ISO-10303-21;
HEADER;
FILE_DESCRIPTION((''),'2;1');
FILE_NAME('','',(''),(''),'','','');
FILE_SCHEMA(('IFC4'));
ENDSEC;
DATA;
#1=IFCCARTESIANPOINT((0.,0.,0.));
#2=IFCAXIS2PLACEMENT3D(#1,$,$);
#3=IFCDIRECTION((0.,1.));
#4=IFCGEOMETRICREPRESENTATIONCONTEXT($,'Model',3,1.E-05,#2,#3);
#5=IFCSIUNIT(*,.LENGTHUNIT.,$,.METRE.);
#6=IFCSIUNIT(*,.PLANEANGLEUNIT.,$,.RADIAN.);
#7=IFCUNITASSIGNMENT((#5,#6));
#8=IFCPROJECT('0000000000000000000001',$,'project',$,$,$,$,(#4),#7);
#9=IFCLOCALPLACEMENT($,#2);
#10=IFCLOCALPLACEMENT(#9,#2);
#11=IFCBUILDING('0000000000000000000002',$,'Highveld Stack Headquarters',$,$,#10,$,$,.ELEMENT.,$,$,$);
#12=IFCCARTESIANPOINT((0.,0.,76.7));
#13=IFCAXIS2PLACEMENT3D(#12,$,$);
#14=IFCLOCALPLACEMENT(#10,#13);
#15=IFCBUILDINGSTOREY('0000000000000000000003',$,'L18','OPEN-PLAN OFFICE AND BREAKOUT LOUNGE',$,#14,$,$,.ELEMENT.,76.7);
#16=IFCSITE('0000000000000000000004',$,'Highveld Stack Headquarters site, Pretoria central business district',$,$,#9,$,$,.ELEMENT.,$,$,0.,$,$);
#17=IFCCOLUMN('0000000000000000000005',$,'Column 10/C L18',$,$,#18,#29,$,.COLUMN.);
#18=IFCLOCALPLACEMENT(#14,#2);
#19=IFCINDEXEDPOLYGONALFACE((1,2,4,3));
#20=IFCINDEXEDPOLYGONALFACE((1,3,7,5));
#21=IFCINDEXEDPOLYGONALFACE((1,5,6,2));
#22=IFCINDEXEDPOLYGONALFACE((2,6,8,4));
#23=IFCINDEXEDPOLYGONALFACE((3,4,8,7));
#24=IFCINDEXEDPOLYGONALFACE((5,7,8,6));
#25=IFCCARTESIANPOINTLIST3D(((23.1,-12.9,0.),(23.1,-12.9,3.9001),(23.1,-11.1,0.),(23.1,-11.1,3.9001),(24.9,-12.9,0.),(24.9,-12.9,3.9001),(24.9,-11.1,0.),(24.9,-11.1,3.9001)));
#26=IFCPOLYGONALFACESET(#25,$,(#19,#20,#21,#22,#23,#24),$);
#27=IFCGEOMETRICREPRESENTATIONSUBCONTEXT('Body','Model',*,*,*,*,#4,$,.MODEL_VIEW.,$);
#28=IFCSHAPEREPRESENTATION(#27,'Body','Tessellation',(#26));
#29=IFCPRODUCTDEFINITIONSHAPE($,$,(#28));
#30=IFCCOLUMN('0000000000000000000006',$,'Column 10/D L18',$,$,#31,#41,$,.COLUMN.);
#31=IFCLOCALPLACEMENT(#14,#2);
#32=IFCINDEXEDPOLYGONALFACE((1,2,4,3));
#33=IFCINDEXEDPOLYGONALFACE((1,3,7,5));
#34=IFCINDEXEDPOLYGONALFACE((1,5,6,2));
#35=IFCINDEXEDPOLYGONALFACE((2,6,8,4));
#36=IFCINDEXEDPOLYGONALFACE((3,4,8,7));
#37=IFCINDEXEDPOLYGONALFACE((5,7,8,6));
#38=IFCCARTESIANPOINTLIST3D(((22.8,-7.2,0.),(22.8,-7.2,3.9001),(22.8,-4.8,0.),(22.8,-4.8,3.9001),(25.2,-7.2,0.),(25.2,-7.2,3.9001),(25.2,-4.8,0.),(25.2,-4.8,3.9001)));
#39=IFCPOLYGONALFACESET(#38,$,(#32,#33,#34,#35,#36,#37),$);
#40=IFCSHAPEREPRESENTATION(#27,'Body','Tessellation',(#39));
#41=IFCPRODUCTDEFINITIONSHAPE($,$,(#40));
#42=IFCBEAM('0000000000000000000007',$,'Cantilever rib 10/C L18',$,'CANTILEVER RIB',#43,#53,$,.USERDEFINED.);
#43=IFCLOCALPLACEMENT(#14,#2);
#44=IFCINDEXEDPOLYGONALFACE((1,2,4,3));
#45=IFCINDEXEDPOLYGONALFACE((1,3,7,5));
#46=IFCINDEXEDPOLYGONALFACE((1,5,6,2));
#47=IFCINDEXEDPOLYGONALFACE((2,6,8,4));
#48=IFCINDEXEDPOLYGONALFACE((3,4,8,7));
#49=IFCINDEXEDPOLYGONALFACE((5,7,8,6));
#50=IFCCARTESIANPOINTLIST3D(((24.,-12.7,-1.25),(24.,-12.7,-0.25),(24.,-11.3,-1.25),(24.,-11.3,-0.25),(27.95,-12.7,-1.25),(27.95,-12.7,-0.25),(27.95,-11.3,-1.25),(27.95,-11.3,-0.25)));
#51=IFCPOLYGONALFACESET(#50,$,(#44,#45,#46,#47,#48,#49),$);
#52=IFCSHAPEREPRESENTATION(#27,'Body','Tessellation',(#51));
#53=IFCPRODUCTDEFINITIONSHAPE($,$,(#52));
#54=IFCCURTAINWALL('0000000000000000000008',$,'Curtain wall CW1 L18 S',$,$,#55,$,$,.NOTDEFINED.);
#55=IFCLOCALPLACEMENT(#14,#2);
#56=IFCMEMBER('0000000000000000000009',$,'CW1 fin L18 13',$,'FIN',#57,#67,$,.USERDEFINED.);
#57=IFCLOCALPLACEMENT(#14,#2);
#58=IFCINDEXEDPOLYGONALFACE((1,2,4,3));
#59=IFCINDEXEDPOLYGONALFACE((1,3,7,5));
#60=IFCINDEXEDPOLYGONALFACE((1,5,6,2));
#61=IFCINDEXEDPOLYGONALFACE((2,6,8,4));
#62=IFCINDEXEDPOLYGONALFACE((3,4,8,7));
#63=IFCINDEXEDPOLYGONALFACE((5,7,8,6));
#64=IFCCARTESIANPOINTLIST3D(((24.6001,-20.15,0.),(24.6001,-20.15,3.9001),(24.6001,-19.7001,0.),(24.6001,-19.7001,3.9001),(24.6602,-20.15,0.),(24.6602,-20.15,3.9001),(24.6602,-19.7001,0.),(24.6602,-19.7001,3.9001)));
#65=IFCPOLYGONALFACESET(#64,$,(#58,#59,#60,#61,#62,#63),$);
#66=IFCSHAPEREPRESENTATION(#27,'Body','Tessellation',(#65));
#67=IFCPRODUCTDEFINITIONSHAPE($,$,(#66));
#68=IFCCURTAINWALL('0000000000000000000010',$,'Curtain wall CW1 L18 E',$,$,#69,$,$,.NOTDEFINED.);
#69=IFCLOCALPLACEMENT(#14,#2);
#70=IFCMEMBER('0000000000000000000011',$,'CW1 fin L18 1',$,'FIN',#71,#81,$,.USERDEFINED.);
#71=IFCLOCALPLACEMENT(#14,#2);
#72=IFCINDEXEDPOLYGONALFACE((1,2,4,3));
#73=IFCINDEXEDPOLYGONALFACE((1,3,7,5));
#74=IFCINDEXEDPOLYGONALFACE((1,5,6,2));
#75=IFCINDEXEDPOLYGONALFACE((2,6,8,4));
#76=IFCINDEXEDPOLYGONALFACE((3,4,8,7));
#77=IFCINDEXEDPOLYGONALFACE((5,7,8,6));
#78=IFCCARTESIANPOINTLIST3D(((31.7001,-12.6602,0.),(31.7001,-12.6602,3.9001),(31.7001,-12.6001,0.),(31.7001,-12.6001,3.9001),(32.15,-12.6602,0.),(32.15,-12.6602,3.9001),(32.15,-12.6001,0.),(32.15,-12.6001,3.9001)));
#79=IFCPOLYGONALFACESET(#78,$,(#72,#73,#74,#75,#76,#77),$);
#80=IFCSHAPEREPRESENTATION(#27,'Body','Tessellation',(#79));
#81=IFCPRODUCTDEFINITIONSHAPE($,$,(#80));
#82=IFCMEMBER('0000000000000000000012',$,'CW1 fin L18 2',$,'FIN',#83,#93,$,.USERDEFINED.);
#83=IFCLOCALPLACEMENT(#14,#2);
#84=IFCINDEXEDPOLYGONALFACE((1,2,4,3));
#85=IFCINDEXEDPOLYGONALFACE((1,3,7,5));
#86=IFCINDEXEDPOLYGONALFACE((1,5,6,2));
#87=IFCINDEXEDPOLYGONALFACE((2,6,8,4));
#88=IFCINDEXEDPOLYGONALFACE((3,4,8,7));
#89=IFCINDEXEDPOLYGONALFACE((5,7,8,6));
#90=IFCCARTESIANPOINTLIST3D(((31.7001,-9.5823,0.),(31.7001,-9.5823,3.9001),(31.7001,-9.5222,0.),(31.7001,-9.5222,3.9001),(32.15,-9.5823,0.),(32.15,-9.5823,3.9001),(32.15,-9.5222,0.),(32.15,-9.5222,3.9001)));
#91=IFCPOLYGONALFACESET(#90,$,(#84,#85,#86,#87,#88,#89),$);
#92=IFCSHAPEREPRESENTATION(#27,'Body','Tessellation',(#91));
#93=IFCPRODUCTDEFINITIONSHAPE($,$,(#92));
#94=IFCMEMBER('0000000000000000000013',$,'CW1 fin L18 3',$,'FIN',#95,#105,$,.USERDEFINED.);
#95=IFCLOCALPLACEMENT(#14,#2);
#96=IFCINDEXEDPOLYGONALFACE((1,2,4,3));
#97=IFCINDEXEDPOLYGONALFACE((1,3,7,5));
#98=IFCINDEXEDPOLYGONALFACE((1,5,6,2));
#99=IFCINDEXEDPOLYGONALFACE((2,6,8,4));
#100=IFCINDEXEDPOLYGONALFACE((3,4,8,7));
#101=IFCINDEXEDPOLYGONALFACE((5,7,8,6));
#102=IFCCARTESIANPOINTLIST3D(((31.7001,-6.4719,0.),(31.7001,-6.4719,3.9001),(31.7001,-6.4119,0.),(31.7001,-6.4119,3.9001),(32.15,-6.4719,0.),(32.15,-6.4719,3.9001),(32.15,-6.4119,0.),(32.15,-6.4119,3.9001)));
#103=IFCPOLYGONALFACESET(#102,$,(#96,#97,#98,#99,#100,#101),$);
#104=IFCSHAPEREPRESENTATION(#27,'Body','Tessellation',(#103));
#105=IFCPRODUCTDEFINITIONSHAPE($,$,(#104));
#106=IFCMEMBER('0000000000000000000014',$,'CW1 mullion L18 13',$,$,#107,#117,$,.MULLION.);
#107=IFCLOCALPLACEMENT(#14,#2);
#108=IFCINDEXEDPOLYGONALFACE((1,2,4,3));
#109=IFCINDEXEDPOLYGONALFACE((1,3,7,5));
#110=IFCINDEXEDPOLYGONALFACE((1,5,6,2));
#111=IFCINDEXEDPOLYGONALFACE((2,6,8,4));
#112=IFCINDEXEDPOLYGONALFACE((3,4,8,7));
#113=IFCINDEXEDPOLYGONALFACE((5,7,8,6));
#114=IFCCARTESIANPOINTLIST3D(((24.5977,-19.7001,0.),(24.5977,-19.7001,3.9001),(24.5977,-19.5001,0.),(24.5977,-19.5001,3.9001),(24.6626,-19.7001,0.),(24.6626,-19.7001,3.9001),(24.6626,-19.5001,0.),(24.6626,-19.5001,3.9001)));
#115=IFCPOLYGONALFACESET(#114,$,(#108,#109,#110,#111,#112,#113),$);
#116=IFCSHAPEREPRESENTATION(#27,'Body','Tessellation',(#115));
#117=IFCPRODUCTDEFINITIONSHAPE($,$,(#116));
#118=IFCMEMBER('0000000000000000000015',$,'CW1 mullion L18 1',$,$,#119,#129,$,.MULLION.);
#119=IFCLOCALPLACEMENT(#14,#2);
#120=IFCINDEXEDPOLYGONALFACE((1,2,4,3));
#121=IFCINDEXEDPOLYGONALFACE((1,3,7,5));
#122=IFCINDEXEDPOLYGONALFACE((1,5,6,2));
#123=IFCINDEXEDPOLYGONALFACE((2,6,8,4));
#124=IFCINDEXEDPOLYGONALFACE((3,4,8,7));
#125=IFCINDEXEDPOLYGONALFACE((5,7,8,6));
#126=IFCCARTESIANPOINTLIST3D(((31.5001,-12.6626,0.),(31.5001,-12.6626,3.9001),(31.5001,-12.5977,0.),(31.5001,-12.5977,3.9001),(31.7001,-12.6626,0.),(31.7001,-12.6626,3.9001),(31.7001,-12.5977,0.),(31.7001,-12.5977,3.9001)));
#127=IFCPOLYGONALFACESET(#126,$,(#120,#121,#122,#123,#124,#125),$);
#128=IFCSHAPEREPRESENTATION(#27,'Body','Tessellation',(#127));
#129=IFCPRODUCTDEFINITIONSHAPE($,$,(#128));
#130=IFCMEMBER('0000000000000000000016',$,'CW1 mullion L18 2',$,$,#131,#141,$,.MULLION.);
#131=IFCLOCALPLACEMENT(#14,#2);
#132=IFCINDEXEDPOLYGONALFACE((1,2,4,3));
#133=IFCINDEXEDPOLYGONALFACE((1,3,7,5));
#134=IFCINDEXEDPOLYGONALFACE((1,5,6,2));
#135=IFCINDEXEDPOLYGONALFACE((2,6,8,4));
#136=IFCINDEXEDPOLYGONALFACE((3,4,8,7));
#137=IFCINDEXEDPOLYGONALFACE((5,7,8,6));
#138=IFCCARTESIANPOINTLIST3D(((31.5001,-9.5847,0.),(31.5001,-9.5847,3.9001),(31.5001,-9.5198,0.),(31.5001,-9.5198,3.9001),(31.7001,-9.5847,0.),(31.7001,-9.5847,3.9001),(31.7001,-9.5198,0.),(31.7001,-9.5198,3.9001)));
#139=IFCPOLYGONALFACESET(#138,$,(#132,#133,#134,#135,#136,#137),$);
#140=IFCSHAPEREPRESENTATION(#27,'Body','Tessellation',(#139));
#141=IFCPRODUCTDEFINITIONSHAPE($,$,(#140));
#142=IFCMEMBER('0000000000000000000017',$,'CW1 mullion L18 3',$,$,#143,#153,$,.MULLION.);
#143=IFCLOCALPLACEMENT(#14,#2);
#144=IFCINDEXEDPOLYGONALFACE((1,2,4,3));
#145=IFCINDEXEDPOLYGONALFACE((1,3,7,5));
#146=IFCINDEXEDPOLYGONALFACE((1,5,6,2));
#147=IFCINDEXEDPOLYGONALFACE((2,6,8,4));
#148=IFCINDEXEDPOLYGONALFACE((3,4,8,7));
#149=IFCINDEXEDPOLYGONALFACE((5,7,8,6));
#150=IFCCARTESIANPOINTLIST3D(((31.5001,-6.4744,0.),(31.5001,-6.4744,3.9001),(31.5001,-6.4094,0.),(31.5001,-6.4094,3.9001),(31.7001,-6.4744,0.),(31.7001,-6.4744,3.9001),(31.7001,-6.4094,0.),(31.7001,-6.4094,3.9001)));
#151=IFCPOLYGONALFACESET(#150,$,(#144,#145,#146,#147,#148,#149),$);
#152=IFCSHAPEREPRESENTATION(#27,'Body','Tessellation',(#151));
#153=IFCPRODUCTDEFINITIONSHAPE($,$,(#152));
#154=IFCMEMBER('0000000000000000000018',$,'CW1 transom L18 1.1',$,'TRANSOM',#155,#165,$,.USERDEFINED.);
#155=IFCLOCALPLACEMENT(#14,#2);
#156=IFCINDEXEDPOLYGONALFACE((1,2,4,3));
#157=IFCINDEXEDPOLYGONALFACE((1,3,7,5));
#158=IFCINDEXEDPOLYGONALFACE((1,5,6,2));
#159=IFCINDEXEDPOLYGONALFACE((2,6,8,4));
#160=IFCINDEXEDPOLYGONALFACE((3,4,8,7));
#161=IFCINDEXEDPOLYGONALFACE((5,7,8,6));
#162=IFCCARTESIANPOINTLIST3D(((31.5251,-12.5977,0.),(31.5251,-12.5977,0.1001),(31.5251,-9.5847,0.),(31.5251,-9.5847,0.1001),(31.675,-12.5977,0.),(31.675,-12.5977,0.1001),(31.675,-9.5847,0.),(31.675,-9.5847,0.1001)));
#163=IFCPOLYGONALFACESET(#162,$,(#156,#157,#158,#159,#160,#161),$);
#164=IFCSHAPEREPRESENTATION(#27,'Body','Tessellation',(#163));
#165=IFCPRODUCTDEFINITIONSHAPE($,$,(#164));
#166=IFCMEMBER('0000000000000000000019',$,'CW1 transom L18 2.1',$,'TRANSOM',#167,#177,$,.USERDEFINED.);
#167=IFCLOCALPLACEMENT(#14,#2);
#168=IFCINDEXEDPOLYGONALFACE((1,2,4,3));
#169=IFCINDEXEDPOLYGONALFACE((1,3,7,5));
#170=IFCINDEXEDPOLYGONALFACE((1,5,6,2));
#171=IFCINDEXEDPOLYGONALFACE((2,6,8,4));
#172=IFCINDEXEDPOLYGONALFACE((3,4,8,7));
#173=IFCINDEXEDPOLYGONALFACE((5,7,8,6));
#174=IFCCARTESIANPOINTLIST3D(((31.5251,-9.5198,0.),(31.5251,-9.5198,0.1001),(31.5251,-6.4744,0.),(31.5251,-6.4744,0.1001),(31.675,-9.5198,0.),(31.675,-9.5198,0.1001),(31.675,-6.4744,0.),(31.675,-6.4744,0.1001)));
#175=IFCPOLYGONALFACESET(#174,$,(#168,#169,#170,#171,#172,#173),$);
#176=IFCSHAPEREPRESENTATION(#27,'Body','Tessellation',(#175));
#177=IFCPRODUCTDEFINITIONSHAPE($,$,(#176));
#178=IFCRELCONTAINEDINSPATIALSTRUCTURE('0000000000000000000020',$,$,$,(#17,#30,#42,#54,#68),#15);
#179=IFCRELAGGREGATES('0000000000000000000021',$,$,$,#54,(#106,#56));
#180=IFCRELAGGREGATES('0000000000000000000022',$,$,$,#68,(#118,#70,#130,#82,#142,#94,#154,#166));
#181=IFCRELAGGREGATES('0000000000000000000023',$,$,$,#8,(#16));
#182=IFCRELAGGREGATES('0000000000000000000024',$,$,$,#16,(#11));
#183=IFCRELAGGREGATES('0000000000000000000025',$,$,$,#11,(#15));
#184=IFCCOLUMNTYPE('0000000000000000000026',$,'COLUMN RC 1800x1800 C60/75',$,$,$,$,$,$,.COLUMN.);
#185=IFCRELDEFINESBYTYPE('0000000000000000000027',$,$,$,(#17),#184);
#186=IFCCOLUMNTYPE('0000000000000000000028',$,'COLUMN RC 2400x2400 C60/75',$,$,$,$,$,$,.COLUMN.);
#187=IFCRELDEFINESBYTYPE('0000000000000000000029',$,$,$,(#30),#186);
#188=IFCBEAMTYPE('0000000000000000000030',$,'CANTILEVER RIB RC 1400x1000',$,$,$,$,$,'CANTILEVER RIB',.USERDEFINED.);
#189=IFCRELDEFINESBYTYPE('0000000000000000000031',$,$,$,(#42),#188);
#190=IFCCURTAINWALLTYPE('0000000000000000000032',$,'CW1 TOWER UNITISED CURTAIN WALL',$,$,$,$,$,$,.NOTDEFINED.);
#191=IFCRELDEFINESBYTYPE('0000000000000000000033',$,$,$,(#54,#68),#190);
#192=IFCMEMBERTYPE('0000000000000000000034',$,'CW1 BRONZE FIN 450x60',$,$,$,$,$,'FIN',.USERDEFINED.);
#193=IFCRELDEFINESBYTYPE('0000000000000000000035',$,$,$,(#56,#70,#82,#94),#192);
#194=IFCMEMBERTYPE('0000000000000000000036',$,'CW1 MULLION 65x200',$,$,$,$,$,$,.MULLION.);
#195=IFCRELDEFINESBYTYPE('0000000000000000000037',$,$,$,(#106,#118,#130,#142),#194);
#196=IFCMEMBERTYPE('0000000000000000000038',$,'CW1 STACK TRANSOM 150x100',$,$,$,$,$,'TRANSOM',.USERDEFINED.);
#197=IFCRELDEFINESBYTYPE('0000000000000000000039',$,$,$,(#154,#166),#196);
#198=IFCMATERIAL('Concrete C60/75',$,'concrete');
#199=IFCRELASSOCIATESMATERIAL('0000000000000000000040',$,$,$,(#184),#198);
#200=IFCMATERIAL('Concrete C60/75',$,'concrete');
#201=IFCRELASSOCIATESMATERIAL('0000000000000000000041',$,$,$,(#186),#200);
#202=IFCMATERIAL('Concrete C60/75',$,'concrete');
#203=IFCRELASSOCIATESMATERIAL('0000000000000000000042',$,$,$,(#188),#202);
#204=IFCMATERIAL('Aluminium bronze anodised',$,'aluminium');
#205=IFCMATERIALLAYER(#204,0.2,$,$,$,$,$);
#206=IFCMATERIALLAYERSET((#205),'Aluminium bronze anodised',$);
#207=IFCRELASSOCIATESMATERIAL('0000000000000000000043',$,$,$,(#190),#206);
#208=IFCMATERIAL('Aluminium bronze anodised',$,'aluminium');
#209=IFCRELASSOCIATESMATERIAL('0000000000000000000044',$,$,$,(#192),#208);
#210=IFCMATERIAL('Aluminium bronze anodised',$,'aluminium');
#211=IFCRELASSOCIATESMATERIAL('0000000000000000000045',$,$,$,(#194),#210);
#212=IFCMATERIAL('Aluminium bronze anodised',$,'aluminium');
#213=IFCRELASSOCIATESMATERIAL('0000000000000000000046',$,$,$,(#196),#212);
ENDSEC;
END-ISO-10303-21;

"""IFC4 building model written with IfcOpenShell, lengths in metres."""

from ifc_helpers import new_model, si_unit, direction, frame, origin, origin_2d, place, context, subcontext, project, spatial, rectangle, extrude, material, layer, layer_set, material_profile, profile_set, type_object, element, aggregate, save


model = new_model("IFC4")

# Units and contexts
model_context = context("Model", 3, precision=1e-05, world=origin(), true_north=direction((0.0, 1.0)))
body_context = subcontext(model_context, "Body", "Model", "MODEL_VIEW")
ifc_project = project(units=[si_unit("LENGTHUNIT", "METRE"), si_unit("PLANEANGLEUNIT", "RADIAN")], contexts=[model_context])

# Site, building, storey
site_placement = place(None, origin())
site = spatial("IfcSite", under=ifc_project, at=site_placement, Name="Highveld Stack Headquarters site, Pretoria central business district", CompositionType="ELEMENT", RefElevation=0.0)
building_placement = place(site_placement, origin())
building = spatial("IfcBuilding", under=site, at=building_placement, Name="Highveld Stack Headquarters", CompositionType="ELEMENT")
storey_placement = place(building_placement, frame((0.0, 0.0, 76.7)))
storey = spatial("IfcBuildingStorey", under=building, at=storey_placement, Name="L18", Description="OPEN-PLAN OFFICE AND BREAKOUT LOUNGE", CompositionType="ELEMENT", Elevation=76.7)

# Columns
ifc_material_1 = material(Name="Concrete C60/75", Category="concrete")
ifc_material_profile_1 = material_profile(ifc_material_1, rectangle(XDim=1.8, YDim=1.8, at=origin_2d()), Name="RC 1800x1800")
ifc_profile_set_1 = profile_set([ifc_material_profile_1], Name="Concrete C60/75")
column_type_1 = type_object("IfcColumnType", Name="COLUMN RC 1800x1800 C60/75", PredefinedType="COLUMN", material=ifc_profile_set_1)
column_1_placement = place(storey_placement, frame((24.0, -12.0, 0.0), z_axis=(0.0, 0.0, 1.0), x_axis=(1.0, 0.0, 0.0)))
element("IfcColumn", 1, at=column_1_placement, inside=storey, type_object=column_type_1, Name="Column 10/C L18", PredefinedType="COLUMN", context=body_context, shape_type="SweptSolid", body=[
    extrude(rectangle(XDim=1.8, YDim=1.8, at=origin_2d()), origin(), (0.0, 0.0, 1.0), 3.9001),
])
ifc_material_2 = material(Name="Concrete C60/75", Category="concrete")
ifc_material_profile_2 = material_profile(ifc_material_2, rectangle(XDim=2.3999, YDim=2.3999, at=origin_2d()), Name="RC 2400x2400")
ifc_profile_set_2 = profile_set([ifc_material_profile_2], Name="Concrete C60/75")
column_type_2 = type_object("IfcColumnType", Name="COLUMN RC 2400x2400 C60/75", PredefinedType="COLUMN", material=ifc_profile_set_2)
column_2_placement = place(storey_placement, frame((24.0, -6.0, 0.0), z_axis=(0.0, 0.0, 1.0), x_axis=(1.0, 0.0, 0.0)))
element("IfcColumn", 2, at=column_2_placement, inside=storey, type_object=column_type_2, Name="Column 10/D L18", PredefinedType="COLUMN", context=body_context, shape_type="SweptSolid", body=[
    extrude(rectangle(XDim=2.3999, YDim=2.3999, at=origin_2d()), origin(), (0.0, 0.0, 1.0), 3.9001),
])

# Beam
ifc_material_3 = material(Name="Concrete C60/75", Category="concrete")
ifc_material_profile_3 = material_profile(ifc_material_3, rectangle(XDim=1.3999, YDim=1.0, at=origin_2d()), Name="RC 1400x1000")
ifc_profile_set_3 = profile_set([ifc_material_profile_3], Name="Concrete C60/75")
beam_type_1 = type_object("IfcBeamType", Name="CANTILEVER RIB RC 1400x1000", ElementType="CANTILEVER RIB", PredefinedType="USERDEFINED", material=ifc_profile_set_3)
beam_1_placement = place(storey_placement, frame((24.0, -12.0, -0.75), z_axis=(1.0, 0.0, 0.0), x_axis=(0.0, 1.0, 0.0)))
element("IfcBeam", 3, at=beam_1_placement, inside=storey, type_object=beam_type_1, Name="Cantilever rib 10/C L18", ObjectType="CANTILEVER RIB", PredefinedType="USERDEFINED", context=body_context, shape_type="SweptSolid", body=[
    extrude(rectangle(XDim=1.3999, YDim=1.0, at=origin_2d()), origin(), (0.0, 0.0, 1.0), 3.95),
])

# Curtain wall, member
ifc_material_4 = material(Name="Aluminium bronze anodised", Category="aluminium")
ifc_layer_1 = layer(ifc_material_4, 0.2)
ifc_layer_set_1 = layer_set([ifc_layer_1], Name="Aluminium bronze anodised")
curtain_wall_type_1 = type_object("IfcCurtainWallType", Name="CW1 TOWER UNITISED CURTAIN WALL", PredefinedType="NOTDEFINED", material=ifc_layer_set_1)
curtain_wall_1_placement = place(storey_placement, origin())
curtain_wall_1 = element("IfcCurtainWall", 4, at=curtain_wall_1_placement, inside=storey, type_object=curtain_wall_type_1, Name="Curtain wall CW1 L18 S", PredefinedType="NOTDEFINED")
ifc_material_5 = material(Name="Aluminium bronze anodised", Category="aluminium")
ifc_material_profile_4 = material_profile(ifc_material_5, rectangle(XDim=0.45, YDim=0.0601, at=origin_2d()), Name="FIN 450x60")
ifc_profile_set_4 = profile_set([ifc_material_profile_4], Name="Aluminium bronze anodised")
member_type_1 = type_object("IfcMemberType", Name="CW1 BRONZE FIN 450x60", ElementType="FIN", PredefinedType="USERDEFINED", material=ifc_profile_set_4)
member_1_placement = place(storey_placement, frame((24.6301, -19.925, 0.0), z_axis=(0.0, 0.0, 1.0), x_axis=(0.0, 1.0, 0.0)))
member_1 = element("IfcMember", 5, at=member_1_placement, type_object=member_type_1, Name="CW1 fin L18 13", ObjectType="FIN", PredefinedType="USERDEFINED", context=body_context, shape_type="SweptSolid", body=[
    extrude(rectangle(XDim=0.45, YDim=0.0601, at=origin_2d()), origin(), (0.0, 0.0, 1.0), 3.9001),
])

# Curtain wall, members
curtain_wall_2_placement = place(storey_placement, origin())
curtain_wall_2 = element("IfcCurtainWall", 6, at=curtain_wall_2_placement, inside=storey, type_object=curtain_wall_type_1, Name="Curtain wall CW1 L18 E", PredefinedType="NOTDEFINED")
member_2_placement = place(storey_placement, frame((31.925, -12.6301, 0.0), z_axis=(0.0, 0.0, 1.0), x_axis=(-1.0, 0.0, 0.0)))
member_2 = element("IfcMember", 7, at=member_2_placement, type_object=member_type_1, Name="CW1 fin L18 1", ObjectType="FIN", PredefinedType="USERDEFINED", context=body_context, shape_type="SweptSolid", body=[
    extrude(rectangle(XDim=0.45, YDim=0.0601, at=origin_2d()), origin(), (0.0, 0.0, 1.0), 3.9001),
])
member_3_placement = place(storey_placement, frame((31.925, -9.5522, 0.0), z_axis=(0.0, 0.0, 1.0), x_axis=(-1.0, 0.0, 0.0)))
member_3 = element("IfcMember", 8, at=member_3_placement, type_object=member_type_1, Name="CW1 fin L18 2", ObjectType="FIN", PredefinedType="USERDEFINED", context=body_context, shape_type="SweptSolid", body=[
    extrude(rectangle(XDim=0.45, YDim=0.0601, at=origin_2d()), origin(), (0.0, 0.0, 1.0), 3.9001),
])
member_4_placement = place(storey_placement, frame((31.925, -6.4419, 0.0), z_axis=(0.0, 0.0, 1.0), x_axis=(-1.0, 0.0, 0.0)))
member_4 = element("IfcMember", 9, at=member_4_placement, type_object=member_type_1, Name="CW1 fin L18 3", ObjectType="FIN", PredefinedType="USERDEFINED", context=body_context, shape_type="SweptSolid", body=[
    extrude(rectangle(XDim=0.45, YDim=0.0601, at=origin_2d()), origin(), (0.0, 0.0, 1.0), 3.9001),
])

# Members
ifc_material_6 = material(Name="Aluminium bronze anodised", Category="aluminium")
ifc_material_profile_5 = material_profile(ifc_material_6, rectangle(XDim=0.2, YDim=0.0649, at=origin_2d()), Name="CW1 MULLION 65x200")
ifc_profile_set_5 = profile_set([ifc_material_profile_5], Name="Aluminium bronze anodised")
member_type_2 = type_object("IfcMemberType", Name="CW1 MULLION 65x200", PredefinedType="MULLION", material=ifc_profile_set_5)
member_5_placement = place(storey_placement, frame((24.6301, -19.6001, 0.0), z_axis=(0.0, 0.0, 1.0), x_axis=(0.0, 1.0, 0.0)))
member_5 = element("IfcMember", 10, at=member_5_placement, type_object=member_type_2, Name="CW1 mullion L18 13", PredefinedType="MULLION", context=body_context, shape_type="SweptSolid", body=[
    extrude(rectangle(XDim=0.2, YDim=0.0649, at=origin_2d()), origin(), (0.0, 0.0, 1.0), 3.9001),
])
aggregate(curtain_wall_1, [member_5, member_1])
member_6_placement = place(storey_placement, frame((31.6001, -12.6301, 0.0), z_axis=(0.0, 0.0, 1.0), x_axis=(-1.0, 0.0, 0.0)))
member_6 = element("IfcMember", 11, at=member_6_placement, type_object=member_type_2, Name="CW1 mullion L18 1", PredefinedType="MULLION", context=body_context, shape_type="SweptSolid", body=[
    extrude(rectangle(XDim=0.2, YDim=0.0649, at=origin_2d()), origin(), (0.0, 0.0, 1.0), 3.9001),
])
member_7_placement = place(storey_placement, frame((31.6001, -9.5522, 0.0), z_axis=(0.0, 0.0, 1.0), x_axis=(-1.0, 0.0, 0.0)))
member_7 = element("IfcMember", 12, at=member_7_placement, type_object=member_type_2, Name="CW1 mullion L18 2", PredefinedType="MULLION", context=body_context, shape_type="SweptSolid", body=[
    extrude(rectangle(XDim=0.2, YDim=0.0649, at=origin_2d()), origin(), (0.0, 0.0, 1.0), 3.9001),
])
member_8_placement = place(storey_placement, frame((31.6001, -6.4419, 0.0), z_axis=(0.0, 0.0, 1.0), x_axis=(-1.0, 0.0, 0.0)))
member_8 = element("IfcMember", 13, at=member_8_placement, type_object=member_type_2, Name="CW1 mullion L18 3", PredefinedType="MULLION", context=body_context, shape_type="SweptSolid", body=[
    extrude(rectangle(XDim=0.2, YDim=0.0649, at=origin_2d()), origin(), (0.0, 0.0, 1.0), 3.9001),
])
ifc_material_7 = material(Name="Aluminium bronze anodised", Category="aluminium")
ifc_material_profile_6 = material_profile(ifc_material_7, rectangle(XDim=0.1499, YDim=0.1001, at=origin_2d()), Name="CW1 TRANSOM 150x100")
ifc_profile_set_6 = profile_set([ifc_material_profile_6], Name="Aluminium bronze anodised")
member_type_3 = type_object("IfcMemberType", Name="CW1 STACK TRANSOM 150x100", ElementType="TRANSOM", PredefinedType="USERDEFINED", material=ifc_profile_set_6)
member_9_placement = place(storey_placement, frame((31.6001, -12.5977, 0.05), z_axis=(0.0, 1.0, 0.0), x_axis=(-1.0, 0.0, 0.0)))
member_9 = element("IfcMember", 14, at=member_9_placement, type_object=member_type_3, Name="CW1 transom L18 1.1", ObjectType="TRANSOM", PredefinedType="USERDEFINED", context=body_context, shape_type="SweptSolid", body=[
    extrude(rectangle(XDim=0.1499, YDim=0.1001, at=origin_2d()), origin(), (0.0, 0.0, 1.0), 3.0129),
])
member_10_placement = place(storey_placement, frame((31.6001, -9.5198, 0.05), z_axis=(0.0, 1.0, 0.0), x_axis=(-1.0, 0.0, 0.0)))
member_10 = element("IfcMember", 15, at=member_10_placement, type_object=member_type_3, Name="CW1 transom L18 2.1", ObjectType="TRANSOM", PredefinedType="USERDEFINED", context=body_context, shape_type="SweptSolid", body=[
    extrude(rectangle(XDim=0.1499, YDim=0.1001, at=origin_2d()), origin(), (0.0, 0.0, 1.0), 3.0454),
])

aggregate(curtain_wall_2, [member_6, member_2, member_7, member_3, member_8, member_4, member_9, member_10])

save(model, "model.ifc")
